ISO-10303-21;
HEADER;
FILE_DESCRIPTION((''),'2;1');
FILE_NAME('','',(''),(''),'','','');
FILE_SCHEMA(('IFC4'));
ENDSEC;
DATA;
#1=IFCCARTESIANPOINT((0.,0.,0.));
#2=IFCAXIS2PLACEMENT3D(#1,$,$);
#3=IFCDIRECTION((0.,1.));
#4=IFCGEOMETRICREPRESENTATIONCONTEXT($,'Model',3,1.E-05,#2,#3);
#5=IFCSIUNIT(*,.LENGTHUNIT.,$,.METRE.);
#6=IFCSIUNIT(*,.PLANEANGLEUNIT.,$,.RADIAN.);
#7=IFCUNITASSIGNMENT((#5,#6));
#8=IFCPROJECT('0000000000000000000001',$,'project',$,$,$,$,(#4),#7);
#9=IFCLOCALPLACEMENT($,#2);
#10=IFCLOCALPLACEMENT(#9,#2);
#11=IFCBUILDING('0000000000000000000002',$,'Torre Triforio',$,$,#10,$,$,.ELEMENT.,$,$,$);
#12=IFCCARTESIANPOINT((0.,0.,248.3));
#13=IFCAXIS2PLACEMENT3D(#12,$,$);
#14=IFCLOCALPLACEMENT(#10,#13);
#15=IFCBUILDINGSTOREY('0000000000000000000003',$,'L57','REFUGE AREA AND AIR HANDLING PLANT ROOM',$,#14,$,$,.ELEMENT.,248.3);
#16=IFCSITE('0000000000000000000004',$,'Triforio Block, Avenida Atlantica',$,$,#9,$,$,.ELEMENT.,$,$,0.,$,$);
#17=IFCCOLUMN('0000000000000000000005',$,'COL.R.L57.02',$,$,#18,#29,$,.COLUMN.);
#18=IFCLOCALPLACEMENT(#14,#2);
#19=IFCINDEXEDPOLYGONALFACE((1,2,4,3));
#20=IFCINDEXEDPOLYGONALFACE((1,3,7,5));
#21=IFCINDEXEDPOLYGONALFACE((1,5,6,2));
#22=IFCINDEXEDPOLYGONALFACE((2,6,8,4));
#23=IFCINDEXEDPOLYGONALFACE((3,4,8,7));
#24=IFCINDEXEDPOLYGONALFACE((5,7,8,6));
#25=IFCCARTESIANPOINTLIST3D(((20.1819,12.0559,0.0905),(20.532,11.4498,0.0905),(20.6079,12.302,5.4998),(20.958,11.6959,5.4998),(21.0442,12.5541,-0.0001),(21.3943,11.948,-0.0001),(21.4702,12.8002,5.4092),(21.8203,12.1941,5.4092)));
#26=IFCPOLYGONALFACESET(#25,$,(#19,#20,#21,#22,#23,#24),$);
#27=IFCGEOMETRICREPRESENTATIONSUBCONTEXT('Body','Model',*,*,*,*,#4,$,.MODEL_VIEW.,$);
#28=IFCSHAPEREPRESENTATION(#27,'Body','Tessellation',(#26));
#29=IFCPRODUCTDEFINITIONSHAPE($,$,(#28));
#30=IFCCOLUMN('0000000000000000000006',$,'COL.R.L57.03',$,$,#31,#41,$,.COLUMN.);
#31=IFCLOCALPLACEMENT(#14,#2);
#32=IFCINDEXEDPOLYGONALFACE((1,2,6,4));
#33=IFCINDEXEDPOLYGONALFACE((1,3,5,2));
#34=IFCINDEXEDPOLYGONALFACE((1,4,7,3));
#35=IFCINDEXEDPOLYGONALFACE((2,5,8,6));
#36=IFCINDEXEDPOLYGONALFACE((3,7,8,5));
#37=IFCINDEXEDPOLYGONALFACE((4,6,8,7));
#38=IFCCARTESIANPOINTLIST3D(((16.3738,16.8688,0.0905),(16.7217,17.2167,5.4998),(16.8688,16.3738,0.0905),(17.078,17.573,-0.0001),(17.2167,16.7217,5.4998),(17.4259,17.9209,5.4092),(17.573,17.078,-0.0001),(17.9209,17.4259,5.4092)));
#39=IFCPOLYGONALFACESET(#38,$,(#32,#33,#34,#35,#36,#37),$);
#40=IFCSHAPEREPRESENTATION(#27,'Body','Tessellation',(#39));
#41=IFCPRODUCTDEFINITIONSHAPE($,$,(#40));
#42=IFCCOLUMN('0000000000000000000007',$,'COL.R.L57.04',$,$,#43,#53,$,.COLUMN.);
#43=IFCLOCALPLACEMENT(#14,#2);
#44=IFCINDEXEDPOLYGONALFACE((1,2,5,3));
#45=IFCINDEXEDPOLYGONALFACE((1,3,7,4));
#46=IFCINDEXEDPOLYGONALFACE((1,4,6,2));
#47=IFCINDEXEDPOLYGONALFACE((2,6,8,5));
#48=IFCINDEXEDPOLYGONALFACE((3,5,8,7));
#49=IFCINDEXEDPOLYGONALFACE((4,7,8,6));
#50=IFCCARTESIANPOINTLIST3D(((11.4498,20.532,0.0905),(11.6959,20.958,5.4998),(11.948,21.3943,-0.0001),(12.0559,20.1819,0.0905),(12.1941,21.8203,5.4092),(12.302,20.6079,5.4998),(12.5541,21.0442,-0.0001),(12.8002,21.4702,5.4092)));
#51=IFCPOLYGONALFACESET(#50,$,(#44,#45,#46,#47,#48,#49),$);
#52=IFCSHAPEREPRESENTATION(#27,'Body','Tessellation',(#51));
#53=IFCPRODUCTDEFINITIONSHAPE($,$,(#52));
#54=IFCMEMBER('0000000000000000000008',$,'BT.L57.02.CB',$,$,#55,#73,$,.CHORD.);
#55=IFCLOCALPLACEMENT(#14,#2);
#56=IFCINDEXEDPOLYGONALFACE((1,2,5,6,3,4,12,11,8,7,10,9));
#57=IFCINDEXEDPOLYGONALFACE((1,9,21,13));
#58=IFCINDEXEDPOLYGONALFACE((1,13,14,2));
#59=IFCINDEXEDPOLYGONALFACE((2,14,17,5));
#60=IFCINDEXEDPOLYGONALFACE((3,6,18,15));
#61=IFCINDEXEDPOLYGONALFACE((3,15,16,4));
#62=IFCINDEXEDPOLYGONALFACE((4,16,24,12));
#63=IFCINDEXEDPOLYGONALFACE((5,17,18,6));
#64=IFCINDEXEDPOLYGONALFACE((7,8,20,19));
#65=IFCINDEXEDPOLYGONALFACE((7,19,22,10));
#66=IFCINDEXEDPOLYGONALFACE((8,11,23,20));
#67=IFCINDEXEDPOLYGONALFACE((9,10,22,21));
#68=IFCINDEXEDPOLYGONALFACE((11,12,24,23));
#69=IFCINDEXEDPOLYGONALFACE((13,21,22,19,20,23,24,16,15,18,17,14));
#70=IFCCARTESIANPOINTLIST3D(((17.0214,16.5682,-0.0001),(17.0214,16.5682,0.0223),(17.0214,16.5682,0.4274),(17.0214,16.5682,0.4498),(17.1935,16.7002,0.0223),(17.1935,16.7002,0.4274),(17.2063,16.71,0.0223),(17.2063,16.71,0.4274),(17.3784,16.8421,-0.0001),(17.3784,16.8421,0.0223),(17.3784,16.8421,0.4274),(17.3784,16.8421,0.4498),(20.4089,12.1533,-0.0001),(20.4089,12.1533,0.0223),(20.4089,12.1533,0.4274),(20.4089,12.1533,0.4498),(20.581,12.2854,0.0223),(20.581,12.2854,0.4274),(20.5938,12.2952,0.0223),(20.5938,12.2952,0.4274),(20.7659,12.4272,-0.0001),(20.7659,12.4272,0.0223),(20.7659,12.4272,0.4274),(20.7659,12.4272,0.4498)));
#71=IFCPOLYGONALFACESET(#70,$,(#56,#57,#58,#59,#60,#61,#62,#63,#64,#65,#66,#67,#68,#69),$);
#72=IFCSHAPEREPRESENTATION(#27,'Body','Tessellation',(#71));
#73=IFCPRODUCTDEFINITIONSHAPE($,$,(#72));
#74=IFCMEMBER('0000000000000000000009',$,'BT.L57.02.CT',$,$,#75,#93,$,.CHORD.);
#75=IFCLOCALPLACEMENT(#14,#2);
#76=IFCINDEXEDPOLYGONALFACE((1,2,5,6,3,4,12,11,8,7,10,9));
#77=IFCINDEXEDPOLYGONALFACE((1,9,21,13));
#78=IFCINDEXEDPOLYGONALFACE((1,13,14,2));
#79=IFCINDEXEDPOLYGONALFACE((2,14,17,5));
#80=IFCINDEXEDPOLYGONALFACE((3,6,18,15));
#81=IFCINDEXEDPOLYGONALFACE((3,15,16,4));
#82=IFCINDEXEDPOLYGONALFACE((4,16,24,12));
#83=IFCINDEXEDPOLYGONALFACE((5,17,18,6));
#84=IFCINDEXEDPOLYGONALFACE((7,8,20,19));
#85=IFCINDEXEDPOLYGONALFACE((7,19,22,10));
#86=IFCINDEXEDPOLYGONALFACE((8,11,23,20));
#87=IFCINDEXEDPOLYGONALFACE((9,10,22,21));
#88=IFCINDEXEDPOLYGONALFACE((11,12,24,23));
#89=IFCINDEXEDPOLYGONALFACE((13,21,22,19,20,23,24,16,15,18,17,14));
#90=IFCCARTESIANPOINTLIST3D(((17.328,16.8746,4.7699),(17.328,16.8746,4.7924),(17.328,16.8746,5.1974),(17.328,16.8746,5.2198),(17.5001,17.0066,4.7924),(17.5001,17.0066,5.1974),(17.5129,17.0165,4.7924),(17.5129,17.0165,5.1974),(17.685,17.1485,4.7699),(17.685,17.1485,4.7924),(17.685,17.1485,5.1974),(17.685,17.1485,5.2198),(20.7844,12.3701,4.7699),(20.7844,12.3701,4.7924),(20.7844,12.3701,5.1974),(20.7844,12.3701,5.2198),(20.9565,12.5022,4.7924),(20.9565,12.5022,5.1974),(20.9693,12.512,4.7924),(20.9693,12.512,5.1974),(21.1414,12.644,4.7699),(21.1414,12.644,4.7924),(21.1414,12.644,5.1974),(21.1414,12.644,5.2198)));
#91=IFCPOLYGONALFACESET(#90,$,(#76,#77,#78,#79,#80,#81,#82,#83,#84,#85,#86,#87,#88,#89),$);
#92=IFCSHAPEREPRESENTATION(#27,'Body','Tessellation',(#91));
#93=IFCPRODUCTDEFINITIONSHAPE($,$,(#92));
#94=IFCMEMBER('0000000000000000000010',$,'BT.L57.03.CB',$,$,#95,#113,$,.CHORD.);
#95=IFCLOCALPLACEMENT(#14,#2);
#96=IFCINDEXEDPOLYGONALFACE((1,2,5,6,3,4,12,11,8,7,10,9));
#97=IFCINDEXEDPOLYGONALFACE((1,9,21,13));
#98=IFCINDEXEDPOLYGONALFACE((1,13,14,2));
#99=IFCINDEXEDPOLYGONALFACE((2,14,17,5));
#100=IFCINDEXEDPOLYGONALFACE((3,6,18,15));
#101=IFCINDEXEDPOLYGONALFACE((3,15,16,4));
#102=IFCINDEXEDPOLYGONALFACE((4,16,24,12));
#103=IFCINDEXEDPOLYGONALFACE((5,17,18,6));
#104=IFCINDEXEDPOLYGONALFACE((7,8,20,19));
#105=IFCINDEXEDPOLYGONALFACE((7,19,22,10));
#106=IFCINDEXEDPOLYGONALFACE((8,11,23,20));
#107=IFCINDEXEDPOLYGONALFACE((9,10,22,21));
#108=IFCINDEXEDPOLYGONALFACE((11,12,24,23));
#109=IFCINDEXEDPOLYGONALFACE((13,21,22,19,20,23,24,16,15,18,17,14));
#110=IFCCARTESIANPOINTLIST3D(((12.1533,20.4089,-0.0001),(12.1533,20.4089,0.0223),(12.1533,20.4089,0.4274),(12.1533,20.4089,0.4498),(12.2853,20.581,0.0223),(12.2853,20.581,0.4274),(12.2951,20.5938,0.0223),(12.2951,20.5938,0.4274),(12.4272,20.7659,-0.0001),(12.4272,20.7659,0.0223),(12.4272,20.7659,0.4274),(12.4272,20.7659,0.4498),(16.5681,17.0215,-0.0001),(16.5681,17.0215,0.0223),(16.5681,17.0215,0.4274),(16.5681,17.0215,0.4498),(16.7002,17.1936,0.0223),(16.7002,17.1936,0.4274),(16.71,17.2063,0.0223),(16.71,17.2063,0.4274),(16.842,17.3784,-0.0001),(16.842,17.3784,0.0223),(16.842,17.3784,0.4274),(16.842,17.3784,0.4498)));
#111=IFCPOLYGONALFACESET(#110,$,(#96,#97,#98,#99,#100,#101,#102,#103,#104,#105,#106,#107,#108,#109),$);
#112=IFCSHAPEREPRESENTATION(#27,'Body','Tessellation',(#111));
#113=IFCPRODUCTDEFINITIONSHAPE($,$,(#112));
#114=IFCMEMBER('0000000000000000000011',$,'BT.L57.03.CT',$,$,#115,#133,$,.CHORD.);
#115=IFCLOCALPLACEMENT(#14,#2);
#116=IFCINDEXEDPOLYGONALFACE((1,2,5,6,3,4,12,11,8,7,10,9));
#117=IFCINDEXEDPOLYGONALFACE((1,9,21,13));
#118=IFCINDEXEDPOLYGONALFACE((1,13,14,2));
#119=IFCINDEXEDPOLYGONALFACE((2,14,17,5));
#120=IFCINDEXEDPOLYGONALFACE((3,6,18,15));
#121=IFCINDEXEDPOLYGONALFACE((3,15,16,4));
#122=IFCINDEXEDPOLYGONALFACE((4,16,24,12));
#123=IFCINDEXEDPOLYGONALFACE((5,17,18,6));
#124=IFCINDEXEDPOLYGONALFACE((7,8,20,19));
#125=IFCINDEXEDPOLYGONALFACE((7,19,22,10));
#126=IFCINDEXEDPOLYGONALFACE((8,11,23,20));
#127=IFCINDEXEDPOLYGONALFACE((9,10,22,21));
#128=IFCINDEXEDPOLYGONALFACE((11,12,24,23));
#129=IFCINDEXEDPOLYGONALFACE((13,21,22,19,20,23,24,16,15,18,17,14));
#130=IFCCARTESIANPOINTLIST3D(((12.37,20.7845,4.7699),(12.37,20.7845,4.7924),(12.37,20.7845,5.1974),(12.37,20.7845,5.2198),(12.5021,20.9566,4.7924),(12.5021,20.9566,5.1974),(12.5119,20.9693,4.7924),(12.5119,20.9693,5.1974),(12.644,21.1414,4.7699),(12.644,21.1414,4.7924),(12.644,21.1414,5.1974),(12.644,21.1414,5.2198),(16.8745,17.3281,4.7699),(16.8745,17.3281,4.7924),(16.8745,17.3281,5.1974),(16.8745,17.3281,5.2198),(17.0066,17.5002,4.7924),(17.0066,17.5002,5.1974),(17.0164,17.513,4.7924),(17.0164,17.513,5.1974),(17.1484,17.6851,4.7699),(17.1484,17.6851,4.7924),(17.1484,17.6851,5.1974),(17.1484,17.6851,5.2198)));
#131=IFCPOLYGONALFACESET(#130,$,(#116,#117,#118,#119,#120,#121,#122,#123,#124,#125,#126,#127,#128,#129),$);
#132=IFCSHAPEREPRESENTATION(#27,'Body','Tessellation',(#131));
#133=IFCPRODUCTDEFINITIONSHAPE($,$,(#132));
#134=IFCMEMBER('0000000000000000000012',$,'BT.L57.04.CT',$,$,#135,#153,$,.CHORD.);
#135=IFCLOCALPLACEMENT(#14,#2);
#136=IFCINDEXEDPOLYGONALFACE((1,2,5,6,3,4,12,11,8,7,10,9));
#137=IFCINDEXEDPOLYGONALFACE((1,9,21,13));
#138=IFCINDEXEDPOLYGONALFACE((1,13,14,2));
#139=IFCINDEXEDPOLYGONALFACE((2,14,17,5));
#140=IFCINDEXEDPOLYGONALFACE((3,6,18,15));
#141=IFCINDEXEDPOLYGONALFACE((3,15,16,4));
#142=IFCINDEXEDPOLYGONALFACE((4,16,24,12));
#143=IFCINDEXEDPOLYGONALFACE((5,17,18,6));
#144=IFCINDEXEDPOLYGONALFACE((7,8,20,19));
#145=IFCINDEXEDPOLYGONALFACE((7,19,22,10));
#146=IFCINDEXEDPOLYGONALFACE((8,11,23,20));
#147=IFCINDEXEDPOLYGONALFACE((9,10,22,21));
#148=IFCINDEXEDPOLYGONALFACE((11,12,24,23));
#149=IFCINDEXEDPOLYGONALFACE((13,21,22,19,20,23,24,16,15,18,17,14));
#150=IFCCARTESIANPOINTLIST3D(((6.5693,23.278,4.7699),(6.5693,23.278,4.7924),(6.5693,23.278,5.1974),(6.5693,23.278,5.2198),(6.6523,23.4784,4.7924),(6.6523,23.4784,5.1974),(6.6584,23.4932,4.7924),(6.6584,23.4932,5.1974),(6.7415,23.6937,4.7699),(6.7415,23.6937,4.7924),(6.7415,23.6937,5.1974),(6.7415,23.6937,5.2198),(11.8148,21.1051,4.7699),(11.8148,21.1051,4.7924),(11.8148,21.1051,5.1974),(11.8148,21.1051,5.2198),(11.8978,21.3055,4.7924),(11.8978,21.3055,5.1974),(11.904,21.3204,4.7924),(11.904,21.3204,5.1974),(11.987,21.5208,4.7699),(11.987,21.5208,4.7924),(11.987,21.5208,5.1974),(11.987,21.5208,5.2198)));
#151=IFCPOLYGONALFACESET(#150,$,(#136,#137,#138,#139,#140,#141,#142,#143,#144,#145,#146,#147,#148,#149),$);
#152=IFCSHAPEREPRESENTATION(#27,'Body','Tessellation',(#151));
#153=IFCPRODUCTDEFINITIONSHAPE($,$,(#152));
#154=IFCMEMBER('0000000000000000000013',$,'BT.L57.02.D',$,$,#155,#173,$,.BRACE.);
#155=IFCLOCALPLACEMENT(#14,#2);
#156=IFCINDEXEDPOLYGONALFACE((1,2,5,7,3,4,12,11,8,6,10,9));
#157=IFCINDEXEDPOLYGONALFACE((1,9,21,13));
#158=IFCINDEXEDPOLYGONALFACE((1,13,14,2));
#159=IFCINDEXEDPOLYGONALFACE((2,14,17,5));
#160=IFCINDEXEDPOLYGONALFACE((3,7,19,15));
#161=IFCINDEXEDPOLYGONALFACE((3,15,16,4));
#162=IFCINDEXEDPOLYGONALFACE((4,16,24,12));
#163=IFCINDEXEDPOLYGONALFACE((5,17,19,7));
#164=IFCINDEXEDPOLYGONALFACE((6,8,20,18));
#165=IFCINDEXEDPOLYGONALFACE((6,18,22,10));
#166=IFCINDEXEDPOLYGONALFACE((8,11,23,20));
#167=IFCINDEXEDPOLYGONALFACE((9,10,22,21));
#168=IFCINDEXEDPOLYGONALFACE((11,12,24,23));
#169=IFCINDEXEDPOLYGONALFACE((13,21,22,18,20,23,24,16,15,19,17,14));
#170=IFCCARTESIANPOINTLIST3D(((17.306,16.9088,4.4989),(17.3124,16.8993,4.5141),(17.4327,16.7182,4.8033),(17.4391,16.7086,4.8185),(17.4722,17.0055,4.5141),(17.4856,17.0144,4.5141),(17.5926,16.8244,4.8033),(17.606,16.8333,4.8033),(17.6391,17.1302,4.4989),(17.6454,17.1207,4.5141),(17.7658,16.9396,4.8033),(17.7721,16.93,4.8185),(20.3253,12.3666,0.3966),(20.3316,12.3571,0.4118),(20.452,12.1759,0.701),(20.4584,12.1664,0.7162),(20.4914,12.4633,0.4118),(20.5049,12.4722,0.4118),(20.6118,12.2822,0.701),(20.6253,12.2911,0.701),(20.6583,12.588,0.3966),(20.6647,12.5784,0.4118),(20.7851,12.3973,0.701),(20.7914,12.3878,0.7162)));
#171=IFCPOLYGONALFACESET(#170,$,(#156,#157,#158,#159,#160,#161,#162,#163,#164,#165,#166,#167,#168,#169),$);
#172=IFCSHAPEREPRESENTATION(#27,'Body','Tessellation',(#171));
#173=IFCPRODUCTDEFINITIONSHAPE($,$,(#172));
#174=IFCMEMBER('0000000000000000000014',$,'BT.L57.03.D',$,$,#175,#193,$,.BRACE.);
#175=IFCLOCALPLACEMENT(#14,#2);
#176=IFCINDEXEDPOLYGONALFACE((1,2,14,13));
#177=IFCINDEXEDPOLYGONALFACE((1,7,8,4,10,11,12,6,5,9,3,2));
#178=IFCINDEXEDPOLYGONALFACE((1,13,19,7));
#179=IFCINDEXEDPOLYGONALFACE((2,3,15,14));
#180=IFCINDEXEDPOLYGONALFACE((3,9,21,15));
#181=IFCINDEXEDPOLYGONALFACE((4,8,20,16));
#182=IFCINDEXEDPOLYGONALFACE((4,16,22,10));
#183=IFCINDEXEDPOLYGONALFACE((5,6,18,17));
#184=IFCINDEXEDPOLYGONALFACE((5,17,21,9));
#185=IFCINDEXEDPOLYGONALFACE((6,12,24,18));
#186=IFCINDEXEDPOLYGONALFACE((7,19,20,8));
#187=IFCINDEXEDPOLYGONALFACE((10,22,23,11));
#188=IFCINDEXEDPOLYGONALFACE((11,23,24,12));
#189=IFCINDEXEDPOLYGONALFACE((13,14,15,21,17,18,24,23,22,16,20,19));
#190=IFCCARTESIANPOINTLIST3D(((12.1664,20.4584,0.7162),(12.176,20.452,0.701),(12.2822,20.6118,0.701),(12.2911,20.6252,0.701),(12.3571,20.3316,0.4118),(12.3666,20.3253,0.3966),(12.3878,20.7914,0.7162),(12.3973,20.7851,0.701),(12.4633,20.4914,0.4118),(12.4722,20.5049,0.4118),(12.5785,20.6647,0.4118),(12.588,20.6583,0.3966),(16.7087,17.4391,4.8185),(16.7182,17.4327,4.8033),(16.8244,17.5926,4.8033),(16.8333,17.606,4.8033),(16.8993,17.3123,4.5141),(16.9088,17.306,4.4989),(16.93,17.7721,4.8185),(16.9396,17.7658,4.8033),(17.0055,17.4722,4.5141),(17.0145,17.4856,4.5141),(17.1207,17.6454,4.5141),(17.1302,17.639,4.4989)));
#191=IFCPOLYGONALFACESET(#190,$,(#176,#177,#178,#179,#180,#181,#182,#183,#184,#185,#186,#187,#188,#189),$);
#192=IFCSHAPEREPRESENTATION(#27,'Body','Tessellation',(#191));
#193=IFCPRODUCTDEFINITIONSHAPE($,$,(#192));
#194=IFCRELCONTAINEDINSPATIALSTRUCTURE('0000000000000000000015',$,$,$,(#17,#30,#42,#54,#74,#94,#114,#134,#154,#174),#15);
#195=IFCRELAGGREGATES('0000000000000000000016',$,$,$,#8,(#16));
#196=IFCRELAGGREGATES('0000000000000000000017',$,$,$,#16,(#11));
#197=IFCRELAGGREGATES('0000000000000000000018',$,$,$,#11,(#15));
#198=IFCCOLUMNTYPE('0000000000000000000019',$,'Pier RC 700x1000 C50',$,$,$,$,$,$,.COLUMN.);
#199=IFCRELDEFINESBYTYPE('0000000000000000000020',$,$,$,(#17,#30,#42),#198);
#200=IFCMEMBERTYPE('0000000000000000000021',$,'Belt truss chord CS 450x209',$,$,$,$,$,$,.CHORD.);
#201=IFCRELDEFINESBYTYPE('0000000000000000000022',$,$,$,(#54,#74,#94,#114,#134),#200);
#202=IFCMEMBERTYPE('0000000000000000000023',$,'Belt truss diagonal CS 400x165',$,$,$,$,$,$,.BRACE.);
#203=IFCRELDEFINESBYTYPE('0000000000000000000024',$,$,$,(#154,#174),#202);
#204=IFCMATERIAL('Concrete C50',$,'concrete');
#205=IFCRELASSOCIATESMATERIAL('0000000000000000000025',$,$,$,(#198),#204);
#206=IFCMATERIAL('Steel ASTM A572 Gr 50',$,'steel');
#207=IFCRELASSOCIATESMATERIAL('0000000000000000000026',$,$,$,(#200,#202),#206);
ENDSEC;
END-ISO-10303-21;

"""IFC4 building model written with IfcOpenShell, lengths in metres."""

from ifc_helpers import new_model, si_unit, direction, frame, origin, origin_2d, place, context, subcontext, project, spatial, rectangle, i_section, extrude, material, material_profile, profile_set, type_object, element, save


model = new_model("IFC4")

# Units and contexts
model_context = context("Model", 3, precision=1e-05, world=origin(), true_north=direction((0.0, 1.0)))
body_context = subcontext(model_context, "Body", "Model", "MODEL_VIEW")
ifc_project = project(units=[si_unit("LENGTHUNIT", "METRE"), si_unit("PLANEANGLEUNIT", "RADIAN")], contexts=[model_context])

# Site, building, storey
site_placement = place(None, origin())
site = spatial("IfcSite", under=ifc_project, at=site_placement, Name="Triforio Block, Avenida Atlantica", CompositionType="ELEMENT", RefElevation=0.0)
building_placement = place(site_placement, origin())
building = spatial("IfcBuilding", under=site, at=building_placement, Name="Torre Triforio", CompositionType="ELEMENT")
storey_placement = place(building_placement, frame((0.0, 0.0, 248.3)))
storey = spatial("IfcBuildingStorey", under=building, at=storey_placement, Name="L57", Description="REFUGE AREA AND AIR HANDLING PLANT ROOM", CompositionType="ELEMENT", Elevation=248.3)

# Columns
ifc_material_1 = material(Name="Concrete C50", Category="concrete")
ifc_material_profile_1 = material_profile(ifc_material_1, rectangle(XDim=0.7, YDim=1.0, at=origin_2d()), Name="RC 700x1000")
ifc_profile_set_1 = profile_set([ifc_material_profile_1], Name="Concrete C50")
column_type = type_object("IfcColumnType", Name="Pier RC 700x1000 C50", PredefinedType="COLUMN", material=ifc_profile_set_1)
for number, where, z_axis, x_axis, name in (
    (1, (20.7881, 12.002, 0.0452), (0.078432, 0.045307, 0.995889), (-0.500195, 0.865913, 0.0), "COL.R.L57.02"),
    (2, (16.9734, 16.9734, 0.0452), (0.064049, 0.064049, 0.995889), (-0.707107, 0.707107, 0.0), "COL.R.L57.03"),
    (3, (12.002, 20.7881, 0.0452), (0.045307, 0.078432, 0.995889), (-0.865913, 0.500195, 0.0), "COL.R.L57.04"),
):
    element("IfcColumn", number, at=place(storey_placement, frame(where, z_axis=z_axis, x_axis=x_axis)), inside=storey, type_object=column_type, Name=name, PredefinedType="COLUMN", context=body_context, shape_type="SweptSolid", body=[
        extrude(rectangle(XDim=0.7, YDim=1.0, at=origin_2d()), origin(), (0.0, 0.0, 1.0), 5.4316),
    ])

# Members
ifc_material_2 = material(Name="Steel ASTM A572 Gr 50", Category="steel")
ifc_material_profile_2 = material_profile(ifc_material_2, i_section(OverallWidth=0.45, OverallDepth=0.45, WebThickness=0.0161, FlangeThickness=0.0225, at=origin_2d()), Name="CS 450x209")
ifc_profile_set_2 = profile_set([ifc_material_profile_2], Name="Steel ASTM A572 Gr 50")
member_type_1 = type_object("IfcMemberType", Name="Belt truss chord CS 450x209", PredefinedType="CHORD", material=ifc_profile_set_2)
member_1_placement = place(storey_placement, frame((20.5874, 12.2903, 0.2249), z_axis=(-0.608746, 0.793366, 0.0), x_axis=(-0.793366, -0.608746, 0.0)))
element("IfcMember", 4, at=member_1_placement, inside=storey, type_object=member_type_1, Name="BT.L57.02.CB", PredefinedType="CHORD", context=body_context, shape_type="SweptSolid", body=[
    extrude(i_section(OverallWidth=0.45, OverallDepth=0.45, WebThickness=0.0161, FlangeThickness=0.0225, at=origin_2d()), origin(), (0.0, 0.0, 1.0), 5.5647),
])
member_2_placement = place(storey_placement, frame((20.9629, 12.5071, 4.9949), z_axis=(-0.608756, 0.793357, 0.0), x_axis=(-0.793357, -0.608756, 0.0)))
element("IfcMember", 5, at=member_2_placement, inside=storey, type_object=member_type_1, Name="BT.L57.02.CT", PredefinedType="CHORD", context=body_context, shape_type="SweptSolid", body=[
    extrude(i_section(OverallWidth=0.45, OverallDepth=0.45, WebThickness=0.0161, FlangeThickness=0.0225, at=origin_2d()), origin(), (0.0, 0.0, 1.0), 5.6777),
])
member_3_placement = place(storey_placement, frame((16.7051, 17.2, 0.2249), z_axis=(-0.793366, 0.608746, 0.0), x_axis=(-0.608746, -0.793366, 0.0)))
element("IfcMember", 6, at=member_3_placement, inside=storey, type_object=member_type_1, Name="BT.L57.03.CB", PredefinedType="CHORD", context=body_context, shape_type="SweptSolid", body=[
    extrude(i_section(OverallWidth=0.45, OverallDepth=0.45, WebThickness=0.0161, FlangeThickness=0.0225, at=origin_2d()), origin(), (0.0, 0.0, 1.0), 5.5647),
])
for number, where, z_axis, x_axis, name in (
    (7, (17.0115, 17.5066, 4.9949), (-0.793357, 0.608756, 0.0), (-0.608756, -0.793357, 0.0), "BT.L57.03.CT"),
    (8, (11.9009, 21.313, 4.9949), (-0.923876, 0.382691, 0.0), (-0.382691, -0.923876, 0.0), "BT.L57.04.CT"),
):
    element("IfcMember", number, at=place(storey_placement, frame(where, z_axis=z_axis, x_axis=x_axis)), inside=storey, type_object=member_type_1, Name=name, PredefinedType="CHORD", context=body_context, shape_type="SweptSolid", body=[
        extrude(i_section(OverallWidth=0.45, OverallDepth=0.45, WebThickness=0.0161, FlangeThickness=0.0225, at=origin_2d()), origin(), (0.0, 0.0, 1.0), 5.6777),
    ])
ifc_material_profile_3 = material_profile(ifc_material_2, i_section(OverallWidth=0.3999, OverallDepth=0.3999, WebThickness=0.0161, FlangeThickness=0.019, at=origin_2d()), Name="CS 400x165")
ifc_profile_set_3 = profile_set([ifc_material_profile_3], Name="Steel ASTM A572 Gr 50")
member_type_2 = type_object("IfcMemberType", Name="Belt truss diagonal CS 400x165", PredefinedType="BRACE", material=ifc_profile_set_3)
for number, where, z_axis, x_axis, name in (
    (9, (20.5583, 12.3772, 0.5564), (-0.442404, 0.665556, 0.601093), (-0.8328, -0.553574, 0.0), "BT.L57.02.D"),
    (10, (16.9194, 17.5391, 4.6587), (-0.665556, 0.442404, -0.601093), (-0.553574, -0.8328, 0.0), "BT.L57.03.D"),
):
    element("IfcMember", number, at=place(storey_placement, frame(where, z_axis=z_axis, x_axis=x_axis)), inside=storey, type_object=member_type_2, Name=name, PredefinedType="BRACE", context=body_context, shape_type="SweptSolid", body=[
        extrude(i_section(OverallWidth=0.3999, OverallDepth=0.3999, WebThickness=0.0161, FlangeThickness=0.019, at=origin_2d()), origin(), (0.0, 0.0, 1.0), 6.8247),
    ])

save(model, "model.ifc")
